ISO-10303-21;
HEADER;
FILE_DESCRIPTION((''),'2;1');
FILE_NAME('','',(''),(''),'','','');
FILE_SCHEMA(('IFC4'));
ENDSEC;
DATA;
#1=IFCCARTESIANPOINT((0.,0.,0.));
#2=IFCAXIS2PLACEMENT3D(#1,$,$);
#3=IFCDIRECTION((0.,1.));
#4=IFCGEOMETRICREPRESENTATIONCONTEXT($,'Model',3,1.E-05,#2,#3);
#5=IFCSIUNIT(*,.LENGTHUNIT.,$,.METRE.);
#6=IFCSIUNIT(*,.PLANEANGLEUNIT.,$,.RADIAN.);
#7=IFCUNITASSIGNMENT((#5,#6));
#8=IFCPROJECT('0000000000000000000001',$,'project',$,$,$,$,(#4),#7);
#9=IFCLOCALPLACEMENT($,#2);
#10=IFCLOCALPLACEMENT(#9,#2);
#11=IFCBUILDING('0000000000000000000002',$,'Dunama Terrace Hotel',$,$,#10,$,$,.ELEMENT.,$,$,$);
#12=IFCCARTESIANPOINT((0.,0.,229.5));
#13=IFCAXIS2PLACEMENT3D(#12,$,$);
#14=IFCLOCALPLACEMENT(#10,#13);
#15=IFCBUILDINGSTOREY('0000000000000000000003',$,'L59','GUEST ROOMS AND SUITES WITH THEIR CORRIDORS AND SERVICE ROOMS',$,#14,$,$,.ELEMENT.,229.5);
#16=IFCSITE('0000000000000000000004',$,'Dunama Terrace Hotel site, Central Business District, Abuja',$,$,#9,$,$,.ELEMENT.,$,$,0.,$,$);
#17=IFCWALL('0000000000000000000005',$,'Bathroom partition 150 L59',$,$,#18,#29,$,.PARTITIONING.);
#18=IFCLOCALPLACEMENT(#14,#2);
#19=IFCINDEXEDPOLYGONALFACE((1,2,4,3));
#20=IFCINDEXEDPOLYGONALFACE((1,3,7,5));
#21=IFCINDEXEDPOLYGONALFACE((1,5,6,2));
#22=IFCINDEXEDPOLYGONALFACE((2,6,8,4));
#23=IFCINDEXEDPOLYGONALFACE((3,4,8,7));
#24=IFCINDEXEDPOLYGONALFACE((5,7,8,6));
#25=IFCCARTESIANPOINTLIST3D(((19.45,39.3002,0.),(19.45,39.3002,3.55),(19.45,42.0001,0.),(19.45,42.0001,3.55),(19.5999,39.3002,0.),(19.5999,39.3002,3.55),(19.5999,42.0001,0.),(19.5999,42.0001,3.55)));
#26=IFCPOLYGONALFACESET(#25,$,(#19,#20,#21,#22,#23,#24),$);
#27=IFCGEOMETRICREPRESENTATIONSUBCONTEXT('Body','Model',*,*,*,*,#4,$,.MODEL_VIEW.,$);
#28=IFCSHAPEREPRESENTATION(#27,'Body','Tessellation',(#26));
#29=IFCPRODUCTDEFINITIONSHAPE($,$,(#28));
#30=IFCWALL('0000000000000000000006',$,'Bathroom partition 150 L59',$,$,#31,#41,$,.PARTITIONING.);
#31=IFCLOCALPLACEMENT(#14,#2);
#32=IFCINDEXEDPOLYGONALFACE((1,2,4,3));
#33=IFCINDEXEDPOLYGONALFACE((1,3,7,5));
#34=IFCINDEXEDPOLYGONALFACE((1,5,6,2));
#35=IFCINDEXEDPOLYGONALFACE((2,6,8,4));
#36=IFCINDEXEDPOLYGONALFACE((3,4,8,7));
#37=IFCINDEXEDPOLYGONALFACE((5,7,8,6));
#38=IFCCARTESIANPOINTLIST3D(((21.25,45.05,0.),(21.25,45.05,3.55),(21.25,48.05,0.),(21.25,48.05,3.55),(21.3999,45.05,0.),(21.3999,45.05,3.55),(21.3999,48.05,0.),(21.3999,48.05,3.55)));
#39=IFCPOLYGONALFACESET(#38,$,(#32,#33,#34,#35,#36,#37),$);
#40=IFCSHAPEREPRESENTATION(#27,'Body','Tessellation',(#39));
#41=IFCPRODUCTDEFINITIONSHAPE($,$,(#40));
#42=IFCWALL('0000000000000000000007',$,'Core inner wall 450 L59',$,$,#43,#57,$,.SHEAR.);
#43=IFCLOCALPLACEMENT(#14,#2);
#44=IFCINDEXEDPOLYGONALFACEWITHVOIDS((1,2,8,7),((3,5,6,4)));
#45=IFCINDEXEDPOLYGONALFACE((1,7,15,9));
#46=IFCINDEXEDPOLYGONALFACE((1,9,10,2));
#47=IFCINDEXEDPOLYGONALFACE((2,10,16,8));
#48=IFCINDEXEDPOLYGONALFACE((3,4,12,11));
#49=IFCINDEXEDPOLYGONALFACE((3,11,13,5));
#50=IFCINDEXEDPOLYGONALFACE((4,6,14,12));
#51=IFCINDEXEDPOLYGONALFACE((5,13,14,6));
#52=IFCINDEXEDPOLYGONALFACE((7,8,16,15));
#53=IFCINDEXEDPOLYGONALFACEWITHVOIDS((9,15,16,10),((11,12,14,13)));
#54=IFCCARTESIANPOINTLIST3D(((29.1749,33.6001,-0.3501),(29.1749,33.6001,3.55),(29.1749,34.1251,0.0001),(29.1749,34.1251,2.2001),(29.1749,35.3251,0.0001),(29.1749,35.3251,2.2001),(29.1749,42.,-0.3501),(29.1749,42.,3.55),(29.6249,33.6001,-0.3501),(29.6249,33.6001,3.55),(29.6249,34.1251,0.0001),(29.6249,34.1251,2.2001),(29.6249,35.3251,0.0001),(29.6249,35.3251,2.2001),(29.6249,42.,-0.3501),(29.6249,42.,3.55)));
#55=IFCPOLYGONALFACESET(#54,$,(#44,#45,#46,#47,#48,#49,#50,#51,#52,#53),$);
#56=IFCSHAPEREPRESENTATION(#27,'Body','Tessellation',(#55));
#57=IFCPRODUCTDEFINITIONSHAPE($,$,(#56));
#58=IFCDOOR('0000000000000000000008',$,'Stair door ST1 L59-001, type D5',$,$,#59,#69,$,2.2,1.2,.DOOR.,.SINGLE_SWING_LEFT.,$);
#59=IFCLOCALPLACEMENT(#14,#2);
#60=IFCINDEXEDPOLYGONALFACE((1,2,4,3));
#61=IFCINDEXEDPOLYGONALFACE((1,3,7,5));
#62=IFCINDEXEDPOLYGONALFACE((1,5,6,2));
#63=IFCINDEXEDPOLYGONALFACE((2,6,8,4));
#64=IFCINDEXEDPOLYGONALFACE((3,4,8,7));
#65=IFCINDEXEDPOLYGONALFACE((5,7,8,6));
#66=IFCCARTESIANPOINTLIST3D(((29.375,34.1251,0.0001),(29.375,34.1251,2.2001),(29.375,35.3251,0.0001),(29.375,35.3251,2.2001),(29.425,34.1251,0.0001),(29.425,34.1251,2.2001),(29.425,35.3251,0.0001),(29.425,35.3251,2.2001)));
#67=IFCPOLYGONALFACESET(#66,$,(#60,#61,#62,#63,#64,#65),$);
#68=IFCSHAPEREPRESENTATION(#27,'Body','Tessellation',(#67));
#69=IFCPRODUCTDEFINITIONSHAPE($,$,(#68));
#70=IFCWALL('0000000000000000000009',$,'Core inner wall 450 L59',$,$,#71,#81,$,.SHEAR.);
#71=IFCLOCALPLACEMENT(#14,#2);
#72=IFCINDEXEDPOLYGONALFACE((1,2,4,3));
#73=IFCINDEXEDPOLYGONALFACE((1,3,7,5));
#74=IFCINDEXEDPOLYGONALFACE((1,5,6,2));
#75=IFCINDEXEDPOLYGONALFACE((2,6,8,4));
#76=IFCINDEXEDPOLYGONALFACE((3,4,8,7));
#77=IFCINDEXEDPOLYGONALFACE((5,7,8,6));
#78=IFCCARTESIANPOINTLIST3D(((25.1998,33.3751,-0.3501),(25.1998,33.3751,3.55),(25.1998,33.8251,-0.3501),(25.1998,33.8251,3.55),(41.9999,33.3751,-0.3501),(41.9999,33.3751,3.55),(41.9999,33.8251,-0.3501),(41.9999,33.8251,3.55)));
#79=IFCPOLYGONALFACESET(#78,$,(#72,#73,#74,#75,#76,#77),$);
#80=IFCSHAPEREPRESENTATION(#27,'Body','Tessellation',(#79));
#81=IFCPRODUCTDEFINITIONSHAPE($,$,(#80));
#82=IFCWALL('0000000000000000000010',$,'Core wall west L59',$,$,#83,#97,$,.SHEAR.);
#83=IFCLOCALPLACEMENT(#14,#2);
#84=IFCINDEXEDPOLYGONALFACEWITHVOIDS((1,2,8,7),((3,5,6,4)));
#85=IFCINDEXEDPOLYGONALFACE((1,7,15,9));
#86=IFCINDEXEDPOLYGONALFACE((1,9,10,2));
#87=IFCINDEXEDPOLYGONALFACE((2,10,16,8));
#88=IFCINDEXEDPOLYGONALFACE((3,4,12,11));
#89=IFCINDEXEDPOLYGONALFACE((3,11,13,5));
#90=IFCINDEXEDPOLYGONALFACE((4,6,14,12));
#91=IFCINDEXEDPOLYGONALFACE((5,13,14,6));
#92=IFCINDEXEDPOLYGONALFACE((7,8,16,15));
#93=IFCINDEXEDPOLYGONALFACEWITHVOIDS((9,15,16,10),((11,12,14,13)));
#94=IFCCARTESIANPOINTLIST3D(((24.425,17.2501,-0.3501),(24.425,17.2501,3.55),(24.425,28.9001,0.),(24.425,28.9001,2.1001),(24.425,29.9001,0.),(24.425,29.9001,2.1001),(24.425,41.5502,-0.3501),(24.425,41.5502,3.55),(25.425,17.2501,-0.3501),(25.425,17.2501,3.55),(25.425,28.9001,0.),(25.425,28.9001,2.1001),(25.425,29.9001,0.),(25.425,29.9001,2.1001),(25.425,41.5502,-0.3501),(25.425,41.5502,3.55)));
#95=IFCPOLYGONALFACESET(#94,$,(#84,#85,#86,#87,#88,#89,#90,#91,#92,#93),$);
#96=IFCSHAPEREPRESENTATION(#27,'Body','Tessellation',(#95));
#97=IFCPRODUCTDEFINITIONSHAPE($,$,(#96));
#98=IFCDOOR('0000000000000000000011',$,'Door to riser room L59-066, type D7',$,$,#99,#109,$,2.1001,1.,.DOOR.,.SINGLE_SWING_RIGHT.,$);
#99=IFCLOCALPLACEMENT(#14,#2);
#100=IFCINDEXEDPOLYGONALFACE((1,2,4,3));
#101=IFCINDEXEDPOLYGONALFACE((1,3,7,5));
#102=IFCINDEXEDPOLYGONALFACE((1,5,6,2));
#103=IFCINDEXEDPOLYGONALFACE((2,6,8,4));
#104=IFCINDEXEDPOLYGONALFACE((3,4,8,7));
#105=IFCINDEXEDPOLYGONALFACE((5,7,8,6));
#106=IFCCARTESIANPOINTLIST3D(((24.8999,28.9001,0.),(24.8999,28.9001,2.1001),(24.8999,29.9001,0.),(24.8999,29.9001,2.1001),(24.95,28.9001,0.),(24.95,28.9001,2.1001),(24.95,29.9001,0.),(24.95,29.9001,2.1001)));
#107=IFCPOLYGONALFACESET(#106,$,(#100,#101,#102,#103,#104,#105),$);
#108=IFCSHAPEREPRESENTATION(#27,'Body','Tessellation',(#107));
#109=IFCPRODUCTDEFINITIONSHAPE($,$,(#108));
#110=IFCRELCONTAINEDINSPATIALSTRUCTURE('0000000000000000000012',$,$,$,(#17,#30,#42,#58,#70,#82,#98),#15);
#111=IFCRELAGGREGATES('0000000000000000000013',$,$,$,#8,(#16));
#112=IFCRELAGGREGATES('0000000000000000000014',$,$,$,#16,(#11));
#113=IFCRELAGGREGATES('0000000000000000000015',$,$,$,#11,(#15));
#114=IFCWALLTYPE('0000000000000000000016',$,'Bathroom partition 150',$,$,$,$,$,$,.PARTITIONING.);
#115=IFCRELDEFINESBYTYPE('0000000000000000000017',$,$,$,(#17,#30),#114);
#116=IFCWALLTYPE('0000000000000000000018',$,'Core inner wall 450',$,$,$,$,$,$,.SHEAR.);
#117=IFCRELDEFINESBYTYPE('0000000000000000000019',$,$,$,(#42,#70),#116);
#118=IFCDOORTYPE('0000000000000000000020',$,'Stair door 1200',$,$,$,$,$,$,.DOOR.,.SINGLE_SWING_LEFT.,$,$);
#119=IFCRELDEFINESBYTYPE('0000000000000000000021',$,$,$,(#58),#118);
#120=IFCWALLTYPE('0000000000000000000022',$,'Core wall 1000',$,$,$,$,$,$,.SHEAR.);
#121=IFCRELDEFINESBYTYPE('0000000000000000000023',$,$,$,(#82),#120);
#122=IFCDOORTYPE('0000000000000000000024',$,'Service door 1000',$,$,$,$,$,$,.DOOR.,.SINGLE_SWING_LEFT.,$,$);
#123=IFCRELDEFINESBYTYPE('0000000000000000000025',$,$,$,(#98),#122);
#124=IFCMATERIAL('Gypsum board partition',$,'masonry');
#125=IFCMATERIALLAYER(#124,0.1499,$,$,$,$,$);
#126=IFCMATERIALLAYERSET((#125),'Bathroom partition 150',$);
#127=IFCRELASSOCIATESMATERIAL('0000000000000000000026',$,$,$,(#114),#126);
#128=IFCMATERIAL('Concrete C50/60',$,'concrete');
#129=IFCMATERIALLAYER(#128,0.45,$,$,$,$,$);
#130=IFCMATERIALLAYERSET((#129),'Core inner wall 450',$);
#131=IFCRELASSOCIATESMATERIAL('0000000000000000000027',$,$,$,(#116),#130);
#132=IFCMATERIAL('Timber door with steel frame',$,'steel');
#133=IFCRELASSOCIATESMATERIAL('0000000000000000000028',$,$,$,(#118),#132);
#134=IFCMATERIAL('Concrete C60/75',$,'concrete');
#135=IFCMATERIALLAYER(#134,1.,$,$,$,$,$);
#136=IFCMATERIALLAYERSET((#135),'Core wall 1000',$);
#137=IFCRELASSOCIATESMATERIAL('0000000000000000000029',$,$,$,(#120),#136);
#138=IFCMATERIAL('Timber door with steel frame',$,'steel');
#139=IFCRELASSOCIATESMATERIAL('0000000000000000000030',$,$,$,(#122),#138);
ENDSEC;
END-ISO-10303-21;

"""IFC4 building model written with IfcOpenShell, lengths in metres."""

from ifc_helpers import new_model, si_unit, direction, frame, frame_2d, origin, place, context, subcontext, project, spatial, rectangle, extrude, material, layer, layer_set, type_object, element, fill, save


model = new_model("IFC4")

# Units and contexts
model_context = context("Model", 3, precision=1e-05, world=origin(), true_north=direction((0.0, 1.0)))
body_context = subcontext(model_context, "Body", "Model", "MODEL_VIEW")
ifc_project = project(units=[si_unit("LENGTHUNIT", "METRE"), si_unit("PLANEANGLEUNIT", "RADIAN")], contexts=[model_context])

# Site, building, storey
site_placement = place(None, origin())
site = spatial("IfcSite", under=ifc_project, at=site_placement, Name="Dunama Terrace Hotel site, Central Business District, Abuja", CompositionType="ELEMENT", RefElevation=0.0)
building_placement = place(site_placement, origin())
building = spatial("IfcBuilding", under=site, at=building_placement, Name="Dunama Terrace Hotel", CompositionType="ELEMENT")
storey_placement = place(building_placement, frame((0.0, 0.0, 229.5)))
storey = spatial("IfcBuildingStorey", under=building, at=storey_placement, Name="L59", Description="GUEST ROOMS AND SUITES WITH THEIR CORRIDORS AND SERVICE ROOMS", CompositionType="ELEMENT", Elevation=229.5)

# Walls
ifc_material_1 = material(Name="Gypsum board partition", Category="masonry")
ifc_layer_1 = layer(ifc_material_1, 0.1499)
ifc_layer_set_1 = layer_set([ifc_layer_1], Name="Bathroom partition 150")
wall_type_1 = type_object("IfcWallType", Name="Bathroom partition 150", PredefinedType="PARTITIONING", material=ifc_layer_set_1)
wall_1_placement = place(storey_placement, frame((19.5249, 39.3, 0.0), z_axis=(0.0, 0.0, 1.0), x_axis=(0.0, 1.0, 0.0)))
element("IfcWall", 1, at=wall_1_placement, inside=storey, type_object=wall_type_1, Name="Bathroom partition 150 L59", PredefinedType="PARTITIONING", context=body_context, shape_type="SweptSolid", body=[
    extrude(rectangle(XDim=2.7, YDim=0.1499, at=frame_2d((1.3501, 0.0))), origin(), (0.0, 0.0, 1.0), 3.55),
])
wall_2_placement = place(storey_placement, frame((21.325, 45.05, 0.0), z_axis=(0.0, 0.0, 1.0), x_axis=(0.0, 1.0, 0.0)))
element("IfcWall", 2, at=wall_2_placement, inside=storey, type_object=wall_type_1, Name="Bathroom partition 150 L59", PredefinedType="PARTITIONING", context=body_context, shape_type="SweptSolid", body=[
    extrude(rectangle(XDim=3.0, YDim=0.1499, at=frame_2d((1.5, 0.0))), origin(), (0.0, 0.0, 1.0), 3.55),
])

# Wall, opening, door
ifc_material_2 = material(Name="Concrete C50/60", Category="concrete")
ifc_layer_2 = layer(ifc_material_2, 0.45)
ifc_layer_set_2 = layer_set([ifc_layer_2], Name="Core inner wall 450")
wall_type_2 = type_object("IfcWallType", Name="Core inner wall 450", PredefinedType="SHEAR", material=ifc_layer_set_2)
wall_3_placement = place(storey_placement, frame((29.3999, 33.6001, -0.3501), z_axis=(0.0, 0.0, 1.0), x_axis=(0.0, 1.0, 0.0)))
wall_3 = element("IfcWall", 3, at=wall_3_placement, inside=storey, type_object=wall_type_2, Name="Core inner wall 450 L59", PredefinedType="SHEAR", context=body_context, shape_type="SweptSolid", body=[
    extrude(rectangle(XDim=8.3999, YDim=0.45, at=frame_2d((4.2, 0.0))), origin(), (0.0, 0.0, 1.0), 3.9001),
])
opening_1_placement = place(wall_3_placement, frame((0.5249, 0.0, 0.3501)))
opening_1 = element("IfcOpeningElement", 4, at=opening_1_placement, cuts=wall_3, PredefinedType="OPENING", context=body_context, shape_type="SweptSolid", body=[
    extrude(rectangle(XDim=1.2, YDim=2.2, at=frame_2d((0.6001, 1.1001))), frame((0.0, 0.2349, 0.0), z_axis=(0.0, -1.0, 0.0), x_axis=(1.0, 0.0, 0.0)), (0.0, 0.0, 1.0), 0.47),
])
ifc_material_3 = material(Name="Timber door with steel frame", Category="steel")
door_type_1 = type_object("IfcDoorType", Name="Stair door 1200", OperationType="SINGLE_SWING_LEFT", PredefinedType="DOOR", material=ifc_material_3)
door_1_placement = place(opening_1_placement, origin())
door_1 = element("IfcDoor", 5, at=door_1_placement, inside=storey, type_object=door_type_1, Name="Stair door ST1 L59-001, type D5", OperationType="SINGLE_SWING_LEFT", OverallHeight=2.2, OverallWidth=1.2, PredefinedType="DOOR", context=body_context, shape_type="SweptSolid", body=[
    extrude(rectangle(XDim=1.2, YDim=2.2, at=frame_2d((0.6001, 1.1001))), frame((0.0, 0.0249, 0.0), z_axis=(0.0, -1.0, 0.0), x_axis=(1.0, 0.0, 0.0)), (0.0, 0.0, 1.0), 0.05),
])
fill(opening_1, door_1)

# Wall
wall_4_placement = place(storey_placement, frame((25.2, 33.6001, -0.3501), z_axis=(0.0, 0.0, 1.0), x_axis=(1.0, 0.0, 0.0)))
element("IfcWall", 6, at=wall_4_placement, inside=storey, type_object=wall_type_2, Name="Core inner wall 450 L59", PredefinedType="SHEAR", context=body_context, shape_type="SweptSolid", body=[
    extrude(rectangle(XDim=16.8, YDim=0.45, at=frame_2d((8.3999, 0.0))), origin(), (0.0, 0.0, 1.0), 3.9001),
])

# Wall, opening, door
ifc_material_4 = material(Name="Concrete C60/75", Category="concrete")
ifc_layer_3 = layer(ifc_material_4, 1.0)
ifc_layer_set_3 = layer_set([ifc_layer_3], Name="Core wall 1000")
wall_type_3 = type_object("IfcWallType", Name="Core wall 1000", PredefinedType="SHEAR", material=ifc_layer_set_3)
wall_5_placement = place(storey_placement, frame((24.925, 41.55, -0.3501), z_axis=(0.0, 0.0, 1.0), x_axis=(0.0, -1.0, 0.0)))
wall_5 = element("IfcWall", 7, at=wall_5_placement, inside=storey, type_object=wall_type_3, Name="Core wall west L59", PredefinedType="SHEAR", context=body_context, shape_type="SweptSolid", body=[
    extrude(rectangle(XDim=24.3, YDim=1.0, at=frame_2d((12.1499, 0.0))), origin(), (0.0, 0.0, 1.0), 3.9001),
])
opening_2_placement = place(wall_5_placement, frame((11.6499, 0.0, 0.3501)))
opening_2 = element("IfcOpeningElement", 8, at=opening_2_placement, cuts=wall_5, PredefinedType="OPENING", context=body_context, shape_type="SweptSolid", body=[
    extrude(rectangle(XDim=1.0, YDim=2.1001, at=frame_2d((0.5, 1.05))), frame((0.0, 0.51, 0.0), z_axis=(0.0, -1.0, 0.0), x_axis=(1.0, 0.0, 0.0)), (0.0, 0.0, 1.0), 1.02),
])
ifc_material_5 = material(Name="Timber door with steel frame", Category="steel")
door_type_2 = type_object("IfcDoorType", Name="Service door 1000", OperationType="SINGLE_SWING_LEFT", PredefinedType="DOOR", material=ifc_material_5)
door_2_placement = place(opening_2_placement, origin())
door_2 = element("IfcDoor", 9, at=door_2_placement, inside=storey, type_object=door_type_2, Name="Door to riser room L59-066, type D7", OperationType="SINGLE_SWING_RIGHT", OverallHeight=2.1001, OverallWidth=1.0, PredefinedType="DOOR", context=body_context, shape_type="SweptSolid", body=[
    extrude(rectangle(XDim=1.0, YDim=2.1001, at=frame_2d((0.5, 1.05))), frame((0.0, 0.0249, 0.0), z_axis=(0.0, -1.0, 0.0), x_axis=(1.0, 0.0, 0.0)), (0.0, 0.0, 1.0), 0.05),
])
fill(opening_2, door_2)

save(model, "model.ifc")
